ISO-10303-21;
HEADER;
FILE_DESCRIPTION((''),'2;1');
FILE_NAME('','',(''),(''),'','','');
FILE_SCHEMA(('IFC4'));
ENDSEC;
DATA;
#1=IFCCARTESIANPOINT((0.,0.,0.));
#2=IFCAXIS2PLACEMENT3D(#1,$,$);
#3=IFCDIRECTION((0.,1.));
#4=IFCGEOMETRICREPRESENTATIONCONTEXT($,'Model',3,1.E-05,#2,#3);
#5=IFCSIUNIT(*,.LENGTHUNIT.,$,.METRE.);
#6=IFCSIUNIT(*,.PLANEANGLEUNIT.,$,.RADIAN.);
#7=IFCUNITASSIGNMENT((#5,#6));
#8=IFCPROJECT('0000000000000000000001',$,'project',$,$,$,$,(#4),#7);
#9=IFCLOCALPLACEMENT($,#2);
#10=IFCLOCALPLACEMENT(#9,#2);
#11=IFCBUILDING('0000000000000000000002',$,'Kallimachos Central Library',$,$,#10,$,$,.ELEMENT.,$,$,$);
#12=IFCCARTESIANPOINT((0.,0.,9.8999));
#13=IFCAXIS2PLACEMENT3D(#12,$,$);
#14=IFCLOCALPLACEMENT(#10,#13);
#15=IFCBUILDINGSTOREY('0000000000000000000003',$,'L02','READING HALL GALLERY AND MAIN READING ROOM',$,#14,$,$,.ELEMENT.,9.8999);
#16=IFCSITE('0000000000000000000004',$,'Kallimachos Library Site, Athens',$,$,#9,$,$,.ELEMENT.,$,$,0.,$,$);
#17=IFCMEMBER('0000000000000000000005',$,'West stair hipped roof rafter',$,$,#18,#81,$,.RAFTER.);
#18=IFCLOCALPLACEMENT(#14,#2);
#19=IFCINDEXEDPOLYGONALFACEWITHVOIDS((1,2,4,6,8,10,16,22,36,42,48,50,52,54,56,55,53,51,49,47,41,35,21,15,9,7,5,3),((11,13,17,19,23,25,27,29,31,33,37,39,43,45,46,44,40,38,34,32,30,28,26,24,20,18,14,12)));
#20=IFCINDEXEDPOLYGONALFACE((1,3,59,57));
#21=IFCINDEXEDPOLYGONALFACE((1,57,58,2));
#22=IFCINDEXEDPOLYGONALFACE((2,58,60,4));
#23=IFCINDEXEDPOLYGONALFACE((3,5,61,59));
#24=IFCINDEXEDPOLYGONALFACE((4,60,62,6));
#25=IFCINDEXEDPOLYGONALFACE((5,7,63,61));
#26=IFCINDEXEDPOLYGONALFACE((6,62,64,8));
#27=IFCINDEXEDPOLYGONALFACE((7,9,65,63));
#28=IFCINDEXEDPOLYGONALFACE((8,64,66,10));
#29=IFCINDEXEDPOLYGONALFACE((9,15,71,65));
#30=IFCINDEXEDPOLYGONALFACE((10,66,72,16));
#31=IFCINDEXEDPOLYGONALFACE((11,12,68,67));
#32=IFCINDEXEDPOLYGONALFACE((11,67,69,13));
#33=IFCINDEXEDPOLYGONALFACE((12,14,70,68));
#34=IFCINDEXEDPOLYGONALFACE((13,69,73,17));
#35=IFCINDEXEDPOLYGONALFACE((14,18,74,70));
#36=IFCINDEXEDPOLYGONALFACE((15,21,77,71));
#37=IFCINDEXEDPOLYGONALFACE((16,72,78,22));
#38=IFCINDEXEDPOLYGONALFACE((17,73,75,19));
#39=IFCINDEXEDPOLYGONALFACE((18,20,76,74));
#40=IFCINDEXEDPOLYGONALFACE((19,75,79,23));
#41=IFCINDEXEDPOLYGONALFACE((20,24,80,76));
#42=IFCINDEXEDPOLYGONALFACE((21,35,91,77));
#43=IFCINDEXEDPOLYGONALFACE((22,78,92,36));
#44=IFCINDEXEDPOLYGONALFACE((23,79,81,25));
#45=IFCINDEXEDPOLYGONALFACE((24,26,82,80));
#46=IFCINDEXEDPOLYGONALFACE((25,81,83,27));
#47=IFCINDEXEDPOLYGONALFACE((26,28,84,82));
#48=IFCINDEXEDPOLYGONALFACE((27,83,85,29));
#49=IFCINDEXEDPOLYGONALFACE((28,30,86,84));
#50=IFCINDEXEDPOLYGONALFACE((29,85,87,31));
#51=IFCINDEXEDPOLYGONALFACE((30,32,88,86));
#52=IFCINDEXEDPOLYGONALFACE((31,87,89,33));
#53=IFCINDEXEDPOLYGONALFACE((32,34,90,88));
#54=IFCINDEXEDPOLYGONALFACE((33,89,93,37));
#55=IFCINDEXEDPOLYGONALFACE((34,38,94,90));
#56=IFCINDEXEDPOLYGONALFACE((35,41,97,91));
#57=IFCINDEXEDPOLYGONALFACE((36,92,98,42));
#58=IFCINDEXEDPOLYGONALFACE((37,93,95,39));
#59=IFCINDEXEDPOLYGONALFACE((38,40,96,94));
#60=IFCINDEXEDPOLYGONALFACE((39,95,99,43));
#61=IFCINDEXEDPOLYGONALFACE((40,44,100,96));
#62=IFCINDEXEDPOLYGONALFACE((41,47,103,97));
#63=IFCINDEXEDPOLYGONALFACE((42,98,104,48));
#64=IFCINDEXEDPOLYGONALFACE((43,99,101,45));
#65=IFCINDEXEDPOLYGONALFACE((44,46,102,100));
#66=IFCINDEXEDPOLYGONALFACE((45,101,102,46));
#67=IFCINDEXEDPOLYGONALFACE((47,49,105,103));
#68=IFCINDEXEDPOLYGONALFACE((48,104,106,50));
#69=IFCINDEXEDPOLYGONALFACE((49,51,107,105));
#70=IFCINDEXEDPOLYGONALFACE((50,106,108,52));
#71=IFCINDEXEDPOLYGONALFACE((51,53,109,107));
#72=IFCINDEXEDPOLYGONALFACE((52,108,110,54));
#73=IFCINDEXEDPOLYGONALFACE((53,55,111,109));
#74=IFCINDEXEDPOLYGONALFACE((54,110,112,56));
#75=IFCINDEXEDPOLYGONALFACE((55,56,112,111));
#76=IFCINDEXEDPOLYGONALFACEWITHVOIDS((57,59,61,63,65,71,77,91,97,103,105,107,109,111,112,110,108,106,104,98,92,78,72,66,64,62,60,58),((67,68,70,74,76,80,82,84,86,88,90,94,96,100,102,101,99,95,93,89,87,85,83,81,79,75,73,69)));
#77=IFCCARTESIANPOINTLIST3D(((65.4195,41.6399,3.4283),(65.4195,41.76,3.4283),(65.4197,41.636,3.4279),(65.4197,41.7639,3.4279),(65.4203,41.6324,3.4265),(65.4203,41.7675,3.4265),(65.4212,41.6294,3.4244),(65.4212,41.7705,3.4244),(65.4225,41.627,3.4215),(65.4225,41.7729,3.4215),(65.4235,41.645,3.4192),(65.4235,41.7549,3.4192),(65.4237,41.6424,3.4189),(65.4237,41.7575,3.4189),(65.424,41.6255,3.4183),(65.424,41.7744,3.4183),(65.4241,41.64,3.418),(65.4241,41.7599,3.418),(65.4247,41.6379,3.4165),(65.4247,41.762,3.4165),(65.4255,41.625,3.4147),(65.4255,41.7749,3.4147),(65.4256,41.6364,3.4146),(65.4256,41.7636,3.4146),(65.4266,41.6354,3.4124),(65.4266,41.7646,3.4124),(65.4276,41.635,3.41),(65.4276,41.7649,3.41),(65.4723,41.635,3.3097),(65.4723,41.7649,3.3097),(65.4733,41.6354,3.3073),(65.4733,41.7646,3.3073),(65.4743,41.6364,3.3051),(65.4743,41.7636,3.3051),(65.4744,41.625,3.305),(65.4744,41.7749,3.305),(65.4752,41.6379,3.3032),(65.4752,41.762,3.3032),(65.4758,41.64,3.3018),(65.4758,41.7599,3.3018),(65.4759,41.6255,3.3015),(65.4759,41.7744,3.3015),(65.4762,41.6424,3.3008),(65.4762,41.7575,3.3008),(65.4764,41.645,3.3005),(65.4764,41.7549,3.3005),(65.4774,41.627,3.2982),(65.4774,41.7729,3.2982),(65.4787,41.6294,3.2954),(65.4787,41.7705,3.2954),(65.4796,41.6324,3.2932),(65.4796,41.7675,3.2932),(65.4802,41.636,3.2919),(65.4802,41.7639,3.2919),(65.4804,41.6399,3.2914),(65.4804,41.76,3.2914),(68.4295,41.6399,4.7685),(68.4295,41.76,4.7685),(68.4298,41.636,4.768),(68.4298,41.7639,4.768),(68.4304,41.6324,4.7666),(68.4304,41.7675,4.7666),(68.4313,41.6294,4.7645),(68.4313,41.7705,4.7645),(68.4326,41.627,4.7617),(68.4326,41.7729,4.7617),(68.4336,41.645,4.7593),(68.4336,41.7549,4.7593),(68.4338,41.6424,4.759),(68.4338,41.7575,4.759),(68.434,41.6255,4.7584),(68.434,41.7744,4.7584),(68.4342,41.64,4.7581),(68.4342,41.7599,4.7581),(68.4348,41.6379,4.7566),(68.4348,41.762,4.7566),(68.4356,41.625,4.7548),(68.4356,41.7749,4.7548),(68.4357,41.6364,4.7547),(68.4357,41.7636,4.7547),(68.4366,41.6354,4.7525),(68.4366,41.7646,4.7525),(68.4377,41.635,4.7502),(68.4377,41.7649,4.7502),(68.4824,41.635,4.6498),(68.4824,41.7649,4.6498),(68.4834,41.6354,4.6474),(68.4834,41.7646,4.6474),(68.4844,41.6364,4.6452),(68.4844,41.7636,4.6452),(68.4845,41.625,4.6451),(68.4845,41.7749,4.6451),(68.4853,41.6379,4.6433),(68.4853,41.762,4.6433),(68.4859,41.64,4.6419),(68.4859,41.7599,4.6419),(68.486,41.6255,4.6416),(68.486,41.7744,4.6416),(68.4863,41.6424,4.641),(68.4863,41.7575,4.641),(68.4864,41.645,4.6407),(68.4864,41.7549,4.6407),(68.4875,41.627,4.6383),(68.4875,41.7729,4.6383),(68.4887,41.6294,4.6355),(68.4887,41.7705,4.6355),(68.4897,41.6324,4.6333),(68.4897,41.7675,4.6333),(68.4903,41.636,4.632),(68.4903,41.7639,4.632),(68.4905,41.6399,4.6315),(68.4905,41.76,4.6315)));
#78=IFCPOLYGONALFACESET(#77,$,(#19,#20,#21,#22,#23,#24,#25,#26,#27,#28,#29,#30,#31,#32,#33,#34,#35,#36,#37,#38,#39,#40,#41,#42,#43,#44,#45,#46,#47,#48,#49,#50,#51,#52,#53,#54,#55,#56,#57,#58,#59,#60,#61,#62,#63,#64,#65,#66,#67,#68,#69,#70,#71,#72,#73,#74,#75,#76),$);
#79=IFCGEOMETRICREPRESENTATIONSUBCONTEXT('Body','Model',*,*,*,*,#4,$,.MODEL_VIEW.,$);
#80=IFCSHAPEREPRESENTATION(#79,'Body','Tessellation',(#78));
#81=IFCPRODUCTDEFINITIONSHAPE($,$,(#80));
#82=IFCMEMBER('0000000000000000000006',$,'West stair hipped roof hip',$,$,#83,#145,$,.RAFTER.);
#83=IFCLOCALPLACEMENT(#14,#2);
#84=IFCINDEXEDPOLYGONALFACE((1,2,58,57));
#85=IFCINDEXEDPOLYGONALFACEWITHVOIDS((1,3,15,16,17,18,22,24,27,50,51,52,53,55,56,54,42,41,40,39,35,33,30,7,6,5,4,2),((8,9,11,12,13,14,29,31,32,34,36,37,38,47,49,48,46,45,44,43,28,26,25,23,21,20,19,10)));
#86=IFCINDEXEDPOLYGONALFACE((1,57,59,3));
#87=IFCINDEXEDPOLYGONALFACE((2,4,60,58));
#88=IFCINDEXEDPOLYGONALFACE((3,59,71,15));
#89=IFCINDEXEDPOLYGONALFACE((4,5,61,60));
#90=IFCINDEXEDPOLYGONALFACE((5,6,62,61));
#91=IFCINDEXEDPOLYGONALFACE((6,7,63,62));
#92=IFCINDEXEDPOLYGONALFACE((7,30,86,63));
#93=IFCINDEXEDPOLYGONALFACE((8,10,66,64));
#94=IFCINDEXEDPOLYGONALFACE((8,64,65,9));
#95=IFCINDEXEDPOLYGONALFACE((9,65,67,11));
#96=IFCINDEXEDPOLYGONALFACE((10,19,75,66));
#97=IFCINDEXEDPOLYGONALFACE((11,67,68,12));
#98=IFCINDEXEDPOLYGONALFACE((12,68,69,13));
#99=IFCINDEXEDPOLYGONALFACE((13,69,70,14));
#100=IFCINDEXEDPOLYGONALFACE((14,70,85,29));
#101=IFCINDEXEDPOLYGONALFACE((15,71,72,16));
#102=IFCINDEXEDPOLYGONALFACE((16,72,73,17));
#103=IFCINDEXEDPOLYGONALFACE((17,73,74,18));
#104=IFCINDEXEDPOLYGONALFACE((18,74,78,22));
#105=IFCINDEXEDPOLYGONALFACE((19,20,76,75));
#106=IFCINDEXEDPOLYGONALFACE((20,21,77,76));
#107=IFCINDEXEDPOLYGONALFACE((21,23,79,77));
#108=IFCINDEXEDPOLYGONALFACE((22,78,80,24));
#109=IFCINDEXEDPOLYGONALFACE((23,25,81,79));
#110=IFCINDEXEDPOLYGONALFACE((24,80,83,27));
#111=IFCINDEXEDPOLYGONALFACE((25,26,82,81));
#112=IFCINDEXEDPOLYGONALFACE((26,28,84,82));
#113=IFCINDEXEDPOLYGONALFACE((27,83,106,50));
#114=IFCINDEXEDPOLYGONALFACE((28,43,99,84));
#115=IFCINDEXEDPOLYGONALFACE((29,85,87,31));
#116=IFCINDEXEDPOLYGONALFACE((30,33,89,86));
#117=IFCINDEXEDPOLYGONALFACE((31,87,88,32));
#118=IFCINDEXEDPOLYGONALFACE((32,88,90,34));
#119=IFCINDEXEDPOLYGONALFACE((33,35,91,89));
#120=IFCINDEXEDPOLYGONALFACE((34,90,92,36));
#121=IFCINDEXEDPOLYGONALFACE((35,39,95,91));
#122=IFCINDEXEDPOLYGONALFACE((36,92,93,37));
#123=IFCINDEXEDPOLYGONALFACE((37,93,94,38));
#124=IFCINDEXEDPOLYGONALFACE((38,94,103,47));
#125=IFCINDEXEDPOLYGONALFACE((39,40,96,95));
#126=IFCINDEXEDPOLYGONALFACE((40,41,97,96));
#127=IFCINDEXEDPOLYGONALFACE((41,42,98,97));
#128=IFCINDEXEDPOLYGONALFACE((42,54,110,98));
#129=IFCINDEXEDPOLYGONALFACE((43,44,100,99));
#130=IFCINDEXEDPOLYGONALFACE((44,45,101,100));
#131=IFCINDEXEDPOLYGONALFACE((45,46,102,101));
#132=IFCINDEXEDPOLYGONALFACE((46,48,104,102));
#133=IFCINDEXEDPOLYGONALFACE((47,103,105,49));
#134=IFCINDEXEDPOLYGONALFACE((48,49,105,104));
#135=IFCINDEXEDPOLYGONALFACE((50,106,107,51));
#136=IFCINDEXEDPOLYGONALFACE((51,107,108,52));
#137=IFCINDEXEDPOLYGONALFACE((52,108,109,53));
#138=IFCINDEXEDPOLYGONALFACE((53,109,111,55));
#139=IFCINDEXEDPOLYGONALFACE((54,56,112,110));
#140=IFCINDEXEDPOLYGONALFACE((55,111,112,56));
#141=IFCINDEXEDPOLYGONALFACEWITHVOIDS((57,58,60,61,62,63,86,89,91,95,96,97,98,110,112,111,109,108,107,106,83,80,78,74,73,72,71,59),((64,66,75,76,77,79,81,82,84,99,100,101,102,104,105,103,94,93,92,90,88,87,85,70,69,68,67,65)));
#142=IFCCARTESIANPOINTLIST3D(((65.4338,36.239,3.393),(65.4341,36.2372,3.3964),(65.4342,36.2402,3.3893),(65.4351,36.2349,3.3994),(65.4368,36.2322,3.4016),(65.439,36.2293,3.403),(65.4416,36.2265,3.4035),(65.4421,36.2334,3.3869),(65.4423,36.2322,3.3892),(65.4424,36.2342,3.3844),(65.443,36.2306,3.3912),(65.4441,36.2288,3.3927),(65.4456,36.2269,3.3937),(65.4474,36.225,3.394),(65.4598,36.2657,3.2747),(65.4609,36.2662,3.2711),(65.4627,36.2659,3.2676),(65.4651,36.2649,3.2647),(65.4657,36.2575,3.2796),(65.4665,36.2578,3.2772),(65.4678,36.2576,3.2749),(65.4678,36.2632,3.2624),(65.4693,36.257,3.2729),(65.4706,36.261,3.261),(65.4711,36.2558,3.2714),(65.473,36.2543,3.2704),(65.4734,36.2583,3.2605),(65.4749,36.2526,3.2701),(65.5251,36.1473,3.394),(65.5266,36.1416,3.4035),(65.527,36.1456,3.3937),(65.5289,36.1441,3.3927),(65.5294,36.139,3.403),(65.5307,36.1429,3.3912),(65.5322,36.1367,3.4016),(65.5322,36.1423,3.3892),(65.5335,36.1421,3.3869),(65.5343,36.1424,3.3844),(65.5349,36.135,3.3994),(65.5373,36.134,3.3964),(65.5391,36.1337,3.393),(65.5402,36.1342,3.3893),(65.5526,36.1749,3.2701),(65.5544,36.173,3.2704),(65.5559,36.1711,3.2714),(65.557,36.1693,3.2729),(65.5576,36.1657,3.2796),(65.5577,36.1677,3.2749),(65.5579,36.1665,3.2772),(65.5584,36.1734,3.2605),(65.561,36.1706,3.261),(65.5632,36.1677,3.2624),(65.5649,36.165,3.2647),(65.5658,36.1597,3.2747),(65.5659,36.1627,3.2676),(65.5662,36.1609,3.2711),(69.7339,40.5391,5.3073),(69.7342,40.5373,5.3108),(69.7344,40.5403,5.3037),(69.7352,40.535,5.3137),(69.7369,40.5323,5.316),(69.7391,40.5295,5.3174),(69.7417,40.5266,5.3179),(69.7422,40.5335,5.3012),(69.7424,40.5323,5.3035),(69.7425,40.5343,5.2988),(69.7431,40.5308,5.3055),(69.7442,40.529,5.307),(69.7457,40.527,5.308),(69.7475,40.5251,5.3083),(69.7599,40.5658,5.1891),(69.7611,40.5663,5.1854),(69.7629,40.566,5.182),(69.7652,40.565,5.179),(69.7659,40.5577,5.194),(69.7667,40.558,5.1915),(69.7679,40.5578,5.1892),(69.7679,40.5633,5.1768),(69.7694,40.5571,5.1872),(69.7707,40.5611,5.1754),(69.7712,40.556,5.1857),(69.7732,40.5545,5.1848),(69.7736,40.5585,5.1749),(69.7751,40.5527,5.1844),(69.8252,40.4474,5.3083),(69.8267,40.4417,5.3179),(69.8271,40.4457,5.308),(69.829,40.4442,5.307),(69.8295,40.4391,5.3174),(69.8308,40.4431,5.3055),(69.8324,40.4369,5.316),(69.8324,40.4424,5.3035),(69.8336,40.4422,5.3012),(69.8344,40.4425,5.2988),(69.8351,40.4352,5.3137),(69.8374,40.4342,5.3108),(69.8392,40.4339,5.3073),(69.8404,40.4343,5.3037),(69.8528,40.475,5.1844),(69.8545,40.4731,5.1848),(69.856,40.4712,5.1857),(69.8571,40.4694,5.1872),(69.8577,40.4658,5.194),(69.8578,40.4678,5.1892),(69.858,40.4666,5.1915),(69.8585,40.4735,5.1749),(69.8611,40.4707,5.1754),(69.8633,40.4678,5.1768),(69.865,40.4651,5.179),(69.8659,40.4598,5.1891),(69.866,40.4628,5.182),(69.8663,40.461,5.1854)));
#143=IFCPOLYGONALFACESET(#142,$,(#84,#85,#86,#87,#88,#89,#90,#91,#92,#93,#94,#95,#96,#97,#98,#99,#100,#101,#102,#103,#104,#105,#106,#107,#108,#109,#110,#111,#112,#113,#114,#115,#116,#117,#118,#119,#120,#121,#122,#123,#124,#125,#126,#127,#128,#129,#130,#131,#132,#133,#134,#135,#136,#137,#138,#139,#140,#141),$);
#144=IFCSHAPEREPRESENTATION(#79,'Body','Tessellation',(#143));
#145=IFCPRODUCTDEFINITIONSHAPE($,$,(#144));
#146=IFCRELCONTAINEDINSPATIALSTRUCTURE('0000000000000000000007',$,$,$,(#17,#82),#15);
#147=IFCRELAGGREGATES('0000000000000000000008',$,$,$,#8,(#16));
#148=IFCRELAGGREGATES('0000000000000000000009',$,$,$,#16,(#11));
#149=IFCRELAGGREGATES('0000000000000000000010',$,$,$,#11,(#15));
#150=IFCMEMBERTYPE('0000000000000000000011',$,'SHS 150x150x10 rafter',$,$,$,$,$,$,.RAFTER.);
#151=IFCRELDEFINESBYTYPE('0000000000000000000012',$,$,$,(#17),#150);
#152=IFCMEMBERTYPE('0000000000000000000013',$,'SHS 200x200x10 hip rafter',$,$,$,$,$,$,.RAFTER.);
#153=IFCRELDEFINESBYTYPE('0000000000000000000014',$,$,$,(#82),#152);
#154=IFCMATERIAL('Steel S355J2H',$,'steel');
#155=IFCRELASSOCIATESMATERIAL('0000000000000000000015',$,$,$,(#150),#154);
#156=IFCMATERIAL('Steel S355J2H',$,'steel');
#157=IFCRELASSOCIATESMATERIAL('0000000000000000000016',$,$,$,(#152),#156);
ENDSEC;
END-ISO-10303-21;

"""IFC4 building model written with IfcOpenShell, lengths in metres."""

from ifc_helpers import new_model, si_unit, direction, frame, origin, origin_2d, place, context, subcontext, project, spatial, hollow_rectangle, extrude, material, material_profile, profile_set, type_object, element, save


model = new_model("IFC4")

# Units and contexts
model_context = context("Model", 3, precision=1e-05, world=origin(), true_north=direction((0.0, 1.0)))
body_context = subcontext(model_context, "Body", "Model", "MODEL_VIEW")
ifc_project = project(units=[si_unit("LENGTHUNIT", "METRE"), si_unit("PLANEANGLEUNIT", "RADIAN")], contexts=[model_context])

# Site, building, storey
site_placement = place(None, origin())
site = spatial("IfcSite", under=ifc_project, at=site_placement, Name="Kallimachos Library Site, Athens", CompositionType="ELEMENT", RefElevation=0.0)
building_placement = place(site_placement, origin())
building = spatial("IfcBuilding", under=site, at=building_placement, Name="Kallimachos Central Library", CompositionType="ELEMENT")
storey_placement = place(building_placement, frame((0.0, 0.0, 9.8999)))
storey = spatial("IfcBuildingStorey", under=building, at=storey_placement, Name="L02", Description="READING HALL GALLERY AND MAIN READING ROOM", CompositionType="ELEMENT", Elevation=9.8999)

# Members
ifc_material_1 = material(Name="Steel S355J2H", Category="steel")
ifc_material_profile_1 = material_profile(ifc_material_1, hollow_rectangle(XDim=0.1499, YDim=0.1499, WallThickness=0.01, InnerFilletRadius=0.01, OuterFilletRadius=0.0149, at=origin_2d()), Name="SHS 150x150x10")
ifc_profile_set_1 = profile_set([ifc_material_profile_1], Name="Steel S355J2H")
member_type_1 = type_object("IfcMemberType", Name="SHS 150x150x10 rafter", PredefinedType="RAFTER", material=ifc_profile_set_1)
member_1_placement = place(storey_placement, frame((65.45, 41.7, 3.3599), z_axis=(0.913552, 0.0, 0.406723), x_axis=(0.0, 1.0, 0.0)))
element("IfcMember", 1, at=member_1_placement, inside=storey, type_object=member_type_1, Name="West stair hipped roof rafter", PredefinedType="RAFTER", context=body_context, shape_type="SweptSolid", body=[
    extrude(hollow_rectangle(XDim=0.1499, YDim=0.1499, WallThickness=0.01, InnerFilletRadius=0.01, OuterFilletRadius=0.0149, at=origin_2d()), origin(), (0.0, 0.0, 1.0), 3.2949),
])
ifc_material_2 = material(Name="Steel S355J2H", Category="steel")
ifc_material_profile_2 = material_profile(ifc_material_2, hollow_rectangle(XDim=0.1499, YDim=0.1499, WallThickness=0.01, InnerFilletRadius=0.01, OuterFilletRadius=0.0149, at=origin_2d()), Name="SHS 150x150x10")
ifc_profile_set_2 = profile_set([ifc_material_profile_2], Name="Steel S355J2H")
member_type_2 = type_object("IfcMemberType", Name="SHS 200x200x10 hip rafter", PredefinedType="RAFTER", material=ifc_profile_set_2)
for number, where, z_axis, x_axis, name in (
    (2, (65.5, 36.2, 3.332), (0.674478, 0.674478, 0.300266), (-0.707107, 0.707107, 0.0), "West stair hipped roof hip"),
):
    element("IfcMember", number, at=place(storey_placement, frame(where, z_axis=z_axis, x_axis=x_axis)), inside=storey, type_object=member_type_2, Name=name, PredefinedType="RAFTER", context=body_context, shape_type="SweptSolid", body=[
        extrude(hollow_rectangle(XDim=0.1499, YDim=0.1499, WallThickness=0.01, InnerFilletRadius=0.01, OuterFilletRadius=0.0149, at=origin_2d()), origin(), (0.0, 0.0, 1.0), 6.3755),
    ])

save(model, "model.ifc")
